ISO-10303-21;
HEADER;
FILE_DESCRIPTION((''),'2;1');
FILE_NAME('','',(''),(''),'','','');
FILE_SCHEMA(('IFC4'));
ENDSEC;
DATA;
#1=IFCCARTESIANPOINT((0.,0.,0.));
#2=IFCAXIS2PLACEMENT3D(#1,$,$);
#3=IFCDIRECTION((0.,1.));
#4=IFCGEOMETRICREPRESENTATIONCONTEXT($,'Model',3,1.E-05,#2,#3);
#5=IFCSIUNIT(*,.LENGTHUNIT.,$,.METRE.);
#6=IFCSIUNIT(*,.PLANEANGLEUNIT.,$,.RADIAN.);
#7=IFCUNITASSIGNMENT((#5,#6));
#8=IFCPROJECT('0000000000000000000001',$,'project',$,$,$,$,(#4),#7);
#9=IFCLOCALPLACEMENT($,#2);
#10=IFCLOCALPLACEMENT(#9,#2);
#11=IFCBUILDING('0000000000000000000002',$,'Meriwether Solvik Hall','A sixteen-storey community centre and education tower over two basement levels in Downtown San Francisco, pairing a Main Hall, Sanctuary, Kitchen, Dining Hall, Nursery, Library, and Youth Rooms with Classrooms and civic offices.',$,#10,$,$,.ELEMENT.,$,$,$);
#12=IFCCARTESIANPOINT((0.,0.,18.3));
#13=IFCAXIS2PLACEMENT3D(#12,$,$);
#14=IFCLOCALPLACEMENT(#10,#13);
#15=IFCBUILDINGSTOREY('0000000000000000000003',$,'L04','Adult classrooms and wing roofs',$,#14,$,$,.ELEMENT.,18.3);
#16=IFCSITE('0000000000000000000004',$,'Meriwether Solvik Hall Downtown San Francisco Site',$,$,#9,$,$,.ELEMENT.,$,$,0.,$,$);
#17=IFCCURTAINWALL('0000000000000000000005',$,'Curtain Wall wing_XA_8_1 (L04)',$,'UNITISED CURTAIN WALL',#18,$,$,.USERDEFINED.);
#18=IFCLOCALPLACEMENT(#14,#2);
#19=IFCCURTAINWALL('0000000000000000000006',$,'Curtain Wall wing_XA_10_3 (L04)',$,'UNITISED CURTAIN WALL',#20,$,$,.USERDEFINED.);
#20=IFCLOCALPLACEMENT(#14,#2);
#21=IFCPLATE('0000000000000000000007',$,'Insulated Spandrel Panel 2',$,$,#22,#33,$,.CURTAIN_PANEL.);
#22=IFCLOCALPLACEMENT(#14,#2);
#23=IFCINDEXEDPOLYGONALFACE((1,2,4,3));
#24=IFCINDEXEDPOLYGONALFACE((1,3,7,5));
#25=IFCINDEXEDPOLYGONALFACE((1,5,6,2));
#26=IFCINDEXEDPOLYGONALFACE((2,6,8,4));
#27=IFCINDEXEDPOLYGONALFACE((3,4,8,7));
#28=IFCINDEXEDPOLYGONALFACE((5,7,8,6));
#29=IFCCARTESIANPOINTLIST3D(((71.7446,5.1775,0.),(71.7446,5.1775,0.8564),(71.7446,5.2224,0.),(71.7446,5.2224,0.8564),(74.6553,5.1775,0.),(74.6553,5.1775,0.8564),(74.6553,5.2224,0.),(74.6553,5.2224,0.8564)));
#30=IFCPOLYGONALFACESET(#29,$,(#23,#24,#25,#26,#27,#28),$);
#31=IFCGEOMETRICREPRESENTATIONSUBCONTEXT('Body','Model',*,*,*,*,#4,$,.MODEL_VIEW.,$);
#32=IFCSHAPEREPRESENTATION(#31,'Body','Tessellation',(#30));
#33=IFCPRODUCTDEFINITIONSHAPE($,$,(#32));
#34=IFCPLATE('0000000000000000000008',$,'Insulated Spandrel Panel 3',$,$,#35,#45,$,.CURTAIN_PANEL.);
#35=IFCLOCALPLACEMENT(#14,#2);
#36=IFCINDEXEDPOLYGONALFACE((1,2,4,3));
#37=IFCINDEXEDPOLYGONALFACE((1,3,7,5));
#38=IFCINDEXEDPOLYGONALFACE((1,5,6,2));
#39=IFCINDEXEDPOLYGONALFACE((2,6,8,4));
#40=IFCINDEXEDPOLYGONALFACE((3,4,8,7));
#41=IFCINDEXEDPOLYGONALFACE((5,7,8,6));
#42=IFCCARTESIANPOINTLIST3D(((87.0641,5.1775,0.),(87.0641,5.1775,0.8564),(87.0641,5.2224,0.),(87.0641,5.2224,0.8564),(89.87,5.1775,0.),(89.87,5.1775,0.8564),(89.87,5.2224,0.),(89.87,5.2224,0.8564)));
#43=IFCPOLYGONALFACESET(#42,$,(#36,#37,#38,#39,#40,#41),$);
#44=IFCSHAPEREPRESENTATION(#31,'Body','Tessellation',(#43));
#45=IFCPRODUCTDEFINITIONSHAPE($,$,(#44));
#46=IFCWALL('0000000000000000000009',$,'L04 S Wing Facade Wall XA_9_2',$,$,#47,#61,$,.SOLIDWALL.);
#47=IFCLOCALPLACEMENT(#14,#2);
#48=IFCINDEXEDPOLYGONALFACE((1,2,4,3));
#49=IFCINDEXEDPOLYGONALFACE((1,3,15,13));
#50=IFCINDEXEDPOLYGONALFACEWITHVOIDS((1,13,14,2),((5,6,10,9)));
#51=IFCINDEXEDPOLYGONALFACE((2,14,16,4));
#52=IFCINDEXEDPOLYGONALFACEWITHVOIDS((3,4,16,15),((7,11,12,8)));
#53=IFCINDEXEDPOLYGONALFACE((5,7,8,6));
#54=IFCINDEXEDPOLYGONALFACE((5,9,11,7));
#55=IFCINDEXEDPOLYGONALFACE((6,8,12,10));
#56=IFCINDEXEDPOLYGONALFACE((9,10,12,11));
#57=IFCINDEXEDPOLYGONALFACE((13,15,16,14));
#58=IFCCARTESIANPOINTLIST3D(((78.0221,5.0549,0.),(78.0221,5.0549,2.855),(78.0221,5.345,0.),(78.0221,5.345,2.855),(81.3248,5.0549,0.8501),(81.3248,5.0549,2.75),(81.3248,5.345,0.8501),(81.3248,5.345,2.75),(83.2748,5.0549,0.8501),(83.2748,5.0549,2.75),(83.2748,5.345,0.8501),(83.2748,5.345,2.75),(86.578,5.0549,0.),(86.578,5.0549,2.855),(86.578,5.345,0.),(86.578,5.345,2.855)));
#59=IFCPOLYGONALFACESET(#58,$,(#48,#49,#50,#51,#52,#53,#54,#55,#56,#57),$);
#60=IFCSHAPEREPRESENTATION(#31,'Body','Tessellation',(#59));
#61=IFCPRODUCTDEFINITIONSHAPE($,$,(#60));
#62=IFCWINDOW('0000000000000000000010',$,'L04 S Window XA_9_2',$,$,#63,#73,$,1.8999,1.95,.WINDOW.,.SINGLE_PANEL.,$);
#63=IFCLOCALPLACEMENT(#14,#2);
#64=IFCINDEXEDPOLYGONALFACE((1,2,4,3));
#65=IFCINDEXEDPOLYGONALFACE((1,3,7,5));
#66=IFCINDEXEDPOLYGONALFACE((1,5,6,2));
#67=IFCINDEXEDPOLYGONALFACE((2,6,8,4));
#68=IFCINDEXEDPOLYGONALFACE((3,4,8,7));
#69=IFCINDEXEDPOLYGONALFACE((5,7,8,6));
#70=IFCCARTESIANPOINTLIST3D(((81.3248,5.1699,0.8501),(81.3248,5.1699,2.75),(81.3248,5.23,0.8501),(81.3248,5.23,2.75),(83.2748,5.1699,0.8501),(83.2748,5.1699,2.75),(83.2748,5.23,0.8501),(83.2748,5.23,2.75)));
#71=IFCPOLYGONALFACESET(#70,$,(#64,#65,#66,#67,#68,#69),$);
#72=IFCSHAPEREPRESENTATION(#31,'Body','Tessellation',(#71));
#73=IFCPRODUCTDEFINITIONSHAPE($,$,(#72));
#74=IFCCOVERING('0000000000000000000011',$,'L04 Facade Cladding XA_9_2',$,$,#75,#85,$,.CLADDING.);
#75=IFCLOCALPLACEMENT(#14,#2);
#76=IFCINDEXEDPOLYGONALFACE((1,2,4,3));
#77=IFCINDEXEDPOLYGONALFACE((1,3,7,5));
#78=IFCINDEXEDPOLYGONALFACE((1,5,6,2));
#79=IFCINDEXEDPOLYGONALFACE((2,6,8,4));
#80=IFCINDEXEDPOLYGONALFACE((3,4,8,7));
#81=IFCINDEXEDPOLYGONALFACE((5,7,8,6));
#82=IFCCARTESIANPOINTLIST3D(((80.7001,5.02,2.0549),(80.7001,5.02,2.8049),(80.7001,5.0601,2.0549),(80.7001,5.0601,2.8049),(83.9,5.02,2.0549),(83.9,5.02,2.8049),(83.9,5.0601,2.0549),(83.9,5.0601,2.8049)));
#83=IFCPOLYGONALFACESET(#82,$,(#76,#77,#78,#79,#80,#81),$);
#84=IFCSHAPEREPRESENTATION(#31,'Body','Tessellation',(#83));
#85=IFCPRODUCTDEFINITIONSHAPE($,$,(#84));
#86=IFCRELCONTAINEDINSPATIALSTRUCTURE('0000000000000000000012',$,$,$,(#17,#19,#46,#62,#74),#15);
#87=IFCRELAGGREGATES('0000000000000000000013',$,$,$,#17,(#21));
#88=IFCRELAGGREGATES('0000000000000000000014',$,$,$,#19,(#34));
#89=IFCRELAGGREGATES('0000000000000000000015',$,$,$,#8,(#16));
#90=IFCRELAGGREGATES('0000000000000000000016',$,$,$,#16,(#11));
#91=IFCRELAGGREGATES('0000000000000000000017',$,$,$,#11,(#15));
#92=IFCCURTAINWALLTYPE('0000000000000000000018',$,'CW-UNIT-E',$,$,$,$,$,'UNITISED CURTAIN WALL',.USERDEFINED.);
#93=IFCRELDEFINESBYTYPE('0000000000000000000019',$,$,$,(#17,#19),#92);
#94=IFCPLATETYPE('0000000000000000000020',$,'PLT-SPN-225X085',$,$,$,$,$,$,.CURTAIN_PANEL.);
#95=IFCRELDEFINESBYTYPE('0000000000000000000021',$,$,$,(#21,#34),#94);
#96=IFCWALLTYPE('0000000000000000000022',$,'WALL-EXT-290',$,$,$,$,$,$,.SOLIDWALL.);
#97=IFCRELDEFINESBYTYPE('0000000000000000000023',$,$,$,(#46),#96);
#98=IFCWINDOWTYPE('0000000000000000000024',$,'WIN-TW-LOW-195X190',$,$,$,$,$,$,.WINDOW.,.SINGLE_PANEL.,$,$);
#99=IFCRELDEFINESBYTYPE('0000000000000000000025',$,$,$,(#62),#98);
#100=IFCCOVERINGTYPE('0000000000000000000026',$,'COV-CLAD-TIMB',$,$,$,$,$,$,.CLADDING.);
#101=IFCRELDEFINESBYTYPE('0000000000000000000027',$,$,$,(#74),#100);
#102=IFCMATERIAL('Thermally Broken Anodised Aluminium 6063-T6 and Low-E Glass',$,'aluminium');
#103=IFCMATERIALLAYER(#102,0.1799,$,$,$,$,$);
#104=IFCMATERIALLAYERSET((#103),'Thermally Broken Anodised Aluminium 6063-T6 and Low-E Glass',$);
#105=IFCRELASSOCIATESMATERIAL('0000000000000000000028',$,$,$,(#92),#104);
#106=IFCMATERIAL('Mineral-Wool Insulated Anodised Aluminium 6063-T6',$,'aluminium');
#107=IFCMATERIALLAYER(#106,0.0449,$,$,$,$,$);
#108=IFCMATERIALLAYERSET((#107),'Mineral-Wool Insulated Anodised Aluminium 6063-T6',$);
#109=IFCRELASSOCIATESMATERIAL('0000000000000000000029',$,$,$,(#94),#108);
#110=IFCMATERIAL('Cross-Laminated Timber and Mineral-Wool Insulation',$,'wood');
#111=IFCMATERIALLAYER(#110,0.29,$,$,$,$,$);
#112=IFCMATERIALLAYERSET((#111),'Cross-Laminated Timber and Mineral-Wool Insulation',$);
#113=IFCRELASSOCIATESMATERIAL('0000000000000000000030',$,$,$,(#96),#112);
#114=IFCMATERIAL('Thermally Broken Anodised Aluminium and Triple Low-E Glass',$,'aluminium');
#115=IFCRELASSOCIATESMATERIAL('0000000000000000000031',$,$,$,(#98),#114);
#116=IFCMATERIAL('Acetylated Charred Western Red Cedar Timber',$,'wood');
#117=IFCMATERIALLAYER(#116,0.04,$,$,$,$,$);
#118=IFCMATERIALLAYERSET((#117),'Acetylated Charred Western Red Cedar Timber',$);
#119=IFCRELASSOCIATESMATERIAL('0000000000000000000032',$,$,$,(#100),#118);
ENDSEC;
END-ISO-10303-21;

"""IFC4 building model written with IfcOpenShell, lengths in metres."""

from ifc_helpers import new_model, si_unit, direction, frame, frame_2d, origin, origin_2d, place, context, subcontext, project, spatial, rectangle, extrude, material, layer, layer_set, type_object, element, fill, aggregate, save


model = new_model("IFC4")

# Units and contexts
model_context = context("Model", 3, precision=1e-05, world=origin(), true_north=direction((0.0, 1.0)))
body_context = subcontext(model_context, "Body", "Model", "MODEL_VIEW")
ifc_project = project(units=[si_unit("LENGTHUNIT", "METRE"), si_unit("PLANEANGLEUNIT", "RADIAN")], contexts=[model_context])

# Site, building, storey
site_placement = place(None, origin())
site = spatial("IfcSite", under=ifc_project, at=site_placement, Name="Meriwether Solvik Hall Downtown San Francisco Site", CompositionType="ELEMENT", RefElevation=0.0)
building_placement = place(site_placement, origin())
building = spatial("IfcBuilding", under=site, at=building_placement, Name="Meriwether Solvik Hall", Description="A sixteen-storey community centre and education tower over two basement levels in Downtown San Francisco, pairing a Main Hall, Sanctuary, Kitchen, Dining Hall, Nursery, Library, and Youth Rooms with Classrooms and civic offices.", CompositionType="ELEMENT")
storey_placement = place(building_placement, frame((0.0, 0.0, 18.3)))
storey = spatial("IfcBuildingStorey", under=building, at=storey_placement, Name="L04", Description="Adult classrooms and wing roofs", CompositionType="ELEMENT", Elevation=18.3)

# Curtain walls
ifc_material_1 = material(Name="Thermally Broken Anodised Aluminium 6063-T6 and Low-E Glass", Category="aluminium")
ifc_layer_1 = layer(ifc_material_1, 0.1799)
ifc_layer_set_1 = layer_set([ifc_layer_1], Name="Thermally Broken Anodised Aluminium 6063-T6 and Low-E Glass")
curtain_wall_type = type_object("IfcCurtainWallType", Name="CW-UNIT-E", ElementType="UNITISED CURTAIN WALL", PredefinedType="USERDEFINED", material=ifc_layer_set_1)
curtain_wall_1_placement = place(storey_placement, origin())
curtain_wall_1 = element("IfcCurtainWall", 1, at=curtain_wall_1_placement, inside=storey, type_object=curtain_wall_type, Name="Curtain Wall wing_XA_8_1 (L04)", ObjectType="UNITISED CURTAIN WALL", PredefinedType="USERDEFINED")
curtain_wall_2_placement = place(storey_placement, origin())
curtain_wall_2 = element("IfcCurtainWall", 2, at=curtain_wall_2_placement, inside=storey, type_object=curtain_wall_type, Name="Curtain Wall wing_XA_10_3 (L04)", ObjectType="UNITISED CURTAIN WALL", PredefinedType="USERDEFINED")

# Plates
ifc_material_2 = material(Name="Mineral-Wool Insulated Anodised Aluminium 6063-T6", Category="aluminium")
ifc_layer_2 = layer(ifc_material_2, 0.0449)
ifc_layer_set_2 = layer_set([ifc_layer_2], Name="Mineral-Wool Insulated Anodised Aluminium 6063-T6")
plate_type_1 = type_object("IfcPlateType", Name="PLT-SPN-225X085", PredefinedType="CURTAIN_PANEL", material=ifc_layer_set_2)
plate_1_placement = place(storey_placement, frame((73.2, 5.2, 0.0), z_axis=(0.0, 0.0, 1.0), x_axis=(-1.0, 0.0, 0.0)))
plate_1 = element("IfcPlate", 3, at=plate_1_placement, type_object=plate_type_1, Name="Insulated Spandrel Panel 2", PredefinedType="CURTAIN_PANEL", context=body_context, shape_type="SweptSolid", body=[
    extrude(rectangle(XDim=2.9106, YDim=0.0449, at=origin_2d()), origin(), (0.0, 0.0, 1.0), 0.8564),
])
aggregate(curtain_wall_1, [plate_1])
plate_2_placement = place(storey_placement, frame((88.467, 5.2, 0.0), z_axis=(0.0, 0.0, 1.0), x_axis=(-1.0, 0.0, 0.0)))
plate_2 = element("IfcPlate", 4, at=plate_2_placement, type_object=plate_type_1, Name="Insulated Spandrel Panel 3", PredefinedType="CURTAIN_PANEL", context=body_context, shape_type="SweptSolid", body=[
    extrude(rectangle(XDim=2.8059, YDim=0.0449, at=origin_2d()), origin(), (0.0, 0.0, 1.0), 0.8564),
])
aggregate(curtain_wall_2, [plate_2])

# Wall, opening, window
ifc_material_3 = material(Name="Cross-Laminated Timber and Mineral-Wool Insulation", Category="wood")
ifc_layer_3 = layer(ifc_material_3, 0.29)
ifc_layer_set_3 = layer_set([ifc_layer_3], Name="Cross-Laminated Timber and Mineral-Wool Insulation")
wall_type = type_object("IfcWallType", Name="WALL-EXT-290", PredefinedType="SOLIDWALL", material=ifc_layer_set_3)
wall_placement = place(storey_placement, frame((86.5779, 5.2, 0.0), z_axis=(0.0, 0.0, 1.0), x_axis=(-1.0, 0.0, 0.0)))
wall = element("IfcWall", 5, at=wall_placement, inside=storey, type_object=wall_type, Name="L04 S Wing Facade Wall XA_9_2", PredefinedType="SOLIDWALL", context=body_context, shape_type="SweptSolid", body=[
    extrude(rectangle(XDim=8.5559, YDim=0.29, at=frame_2d((4.2778, 0.0))), origin(), (0.0, 0.0, 1.0), 2.855),
])
opening_placement = place(wall_placement, frame((3.303, 0.0, 0.8501)))
opening = element("IfcOpeningElement", 6, at=opening_placement, cuts=wall, PredefinedType="OPENING", context=body_context, shape_type="SweptSolid", body=[
    extrude(rectangle(XDim=1.95, YDim=1.8999, at=frame_2d((0.9751, 0.95))), frame((0.0, 0.157, 0.0), z_axis=(0.0, -1.0, 0.0), x_axis=(1.0, 0.0, 0.0)), (0.0, 0.0, 1.0), 0.314),
])
ifc_material_4 = material(Name="Thermally Broken Anodised Aluminium and Triple Low-E Glass", Category="aluminium")
window_type = type_object("IfcWindowType", Name="WIN-TW-LOW-195X190", PartitioningType="SINGLE_PANEL", PredefinedType="WINDOW", material=ifc_material_4)
window_placement = place(opening_placement, origin())
window = element("IfcWindow", 7, at=window_placement, inside=storey, type_object=window_type, Name="L04 S Window XA_9_2", OverallHeight=1.8999, OverallWidth=1.95, PartitioningType="SINGLE_PANEL", PredefinedType="WINDOW", context=body_context, shape_type="SweptSolid", body=[
    extrude(rectangle(XDim=1.95, YDim=1.8999, at=frame_2d((0.9751, 0.95))), frame((0.0, 0.03, 0.0), z_axis=(0.0, -1.0, 0.0), x_axis=(1.0, 0.0, 0.0)), (0.0, 0.0, 1.0), 0.0601),
])
fill(opening, window)

# Covering
ifc_material_5 = material(Name="Acetylated Charred Western Red Cedar Timber", Category="wood")
ifc_layer_4 = layer(ifc_material_5, 0.04)
ifc_layer_set_4 = layer_set([ifc_layer_4], Name="Acetylated Charred Western Red Cedar Timber")
covering_type = type_object("IfcCoveringType", Name="COV-CLAD-TIMB", PredefinedType="CLADDING", material=ifc_layer_set_4)
covering_placement = place(storey_placement, frame((82.3, 5.04, 2.0549), z_axis=(0.0, 0.0, 1.0), x_axis=(-1.0, 0.0, 0.0)))
element("IfcCovering", 8, at=covering_placement, inside=storey, type_object=covering_type, Name="L04 Facade Cladding XA_9_2", PredefinedType="CLADDING", context=body_context, shape_type="SweptSolid", body=[
    extrude(rectangle(XDim=3.2, YDim=0.04, at=origin_2d()), origin(), (0.0, 0.0, 1.0), 0.75),
])

save(model, "model.ifc")
